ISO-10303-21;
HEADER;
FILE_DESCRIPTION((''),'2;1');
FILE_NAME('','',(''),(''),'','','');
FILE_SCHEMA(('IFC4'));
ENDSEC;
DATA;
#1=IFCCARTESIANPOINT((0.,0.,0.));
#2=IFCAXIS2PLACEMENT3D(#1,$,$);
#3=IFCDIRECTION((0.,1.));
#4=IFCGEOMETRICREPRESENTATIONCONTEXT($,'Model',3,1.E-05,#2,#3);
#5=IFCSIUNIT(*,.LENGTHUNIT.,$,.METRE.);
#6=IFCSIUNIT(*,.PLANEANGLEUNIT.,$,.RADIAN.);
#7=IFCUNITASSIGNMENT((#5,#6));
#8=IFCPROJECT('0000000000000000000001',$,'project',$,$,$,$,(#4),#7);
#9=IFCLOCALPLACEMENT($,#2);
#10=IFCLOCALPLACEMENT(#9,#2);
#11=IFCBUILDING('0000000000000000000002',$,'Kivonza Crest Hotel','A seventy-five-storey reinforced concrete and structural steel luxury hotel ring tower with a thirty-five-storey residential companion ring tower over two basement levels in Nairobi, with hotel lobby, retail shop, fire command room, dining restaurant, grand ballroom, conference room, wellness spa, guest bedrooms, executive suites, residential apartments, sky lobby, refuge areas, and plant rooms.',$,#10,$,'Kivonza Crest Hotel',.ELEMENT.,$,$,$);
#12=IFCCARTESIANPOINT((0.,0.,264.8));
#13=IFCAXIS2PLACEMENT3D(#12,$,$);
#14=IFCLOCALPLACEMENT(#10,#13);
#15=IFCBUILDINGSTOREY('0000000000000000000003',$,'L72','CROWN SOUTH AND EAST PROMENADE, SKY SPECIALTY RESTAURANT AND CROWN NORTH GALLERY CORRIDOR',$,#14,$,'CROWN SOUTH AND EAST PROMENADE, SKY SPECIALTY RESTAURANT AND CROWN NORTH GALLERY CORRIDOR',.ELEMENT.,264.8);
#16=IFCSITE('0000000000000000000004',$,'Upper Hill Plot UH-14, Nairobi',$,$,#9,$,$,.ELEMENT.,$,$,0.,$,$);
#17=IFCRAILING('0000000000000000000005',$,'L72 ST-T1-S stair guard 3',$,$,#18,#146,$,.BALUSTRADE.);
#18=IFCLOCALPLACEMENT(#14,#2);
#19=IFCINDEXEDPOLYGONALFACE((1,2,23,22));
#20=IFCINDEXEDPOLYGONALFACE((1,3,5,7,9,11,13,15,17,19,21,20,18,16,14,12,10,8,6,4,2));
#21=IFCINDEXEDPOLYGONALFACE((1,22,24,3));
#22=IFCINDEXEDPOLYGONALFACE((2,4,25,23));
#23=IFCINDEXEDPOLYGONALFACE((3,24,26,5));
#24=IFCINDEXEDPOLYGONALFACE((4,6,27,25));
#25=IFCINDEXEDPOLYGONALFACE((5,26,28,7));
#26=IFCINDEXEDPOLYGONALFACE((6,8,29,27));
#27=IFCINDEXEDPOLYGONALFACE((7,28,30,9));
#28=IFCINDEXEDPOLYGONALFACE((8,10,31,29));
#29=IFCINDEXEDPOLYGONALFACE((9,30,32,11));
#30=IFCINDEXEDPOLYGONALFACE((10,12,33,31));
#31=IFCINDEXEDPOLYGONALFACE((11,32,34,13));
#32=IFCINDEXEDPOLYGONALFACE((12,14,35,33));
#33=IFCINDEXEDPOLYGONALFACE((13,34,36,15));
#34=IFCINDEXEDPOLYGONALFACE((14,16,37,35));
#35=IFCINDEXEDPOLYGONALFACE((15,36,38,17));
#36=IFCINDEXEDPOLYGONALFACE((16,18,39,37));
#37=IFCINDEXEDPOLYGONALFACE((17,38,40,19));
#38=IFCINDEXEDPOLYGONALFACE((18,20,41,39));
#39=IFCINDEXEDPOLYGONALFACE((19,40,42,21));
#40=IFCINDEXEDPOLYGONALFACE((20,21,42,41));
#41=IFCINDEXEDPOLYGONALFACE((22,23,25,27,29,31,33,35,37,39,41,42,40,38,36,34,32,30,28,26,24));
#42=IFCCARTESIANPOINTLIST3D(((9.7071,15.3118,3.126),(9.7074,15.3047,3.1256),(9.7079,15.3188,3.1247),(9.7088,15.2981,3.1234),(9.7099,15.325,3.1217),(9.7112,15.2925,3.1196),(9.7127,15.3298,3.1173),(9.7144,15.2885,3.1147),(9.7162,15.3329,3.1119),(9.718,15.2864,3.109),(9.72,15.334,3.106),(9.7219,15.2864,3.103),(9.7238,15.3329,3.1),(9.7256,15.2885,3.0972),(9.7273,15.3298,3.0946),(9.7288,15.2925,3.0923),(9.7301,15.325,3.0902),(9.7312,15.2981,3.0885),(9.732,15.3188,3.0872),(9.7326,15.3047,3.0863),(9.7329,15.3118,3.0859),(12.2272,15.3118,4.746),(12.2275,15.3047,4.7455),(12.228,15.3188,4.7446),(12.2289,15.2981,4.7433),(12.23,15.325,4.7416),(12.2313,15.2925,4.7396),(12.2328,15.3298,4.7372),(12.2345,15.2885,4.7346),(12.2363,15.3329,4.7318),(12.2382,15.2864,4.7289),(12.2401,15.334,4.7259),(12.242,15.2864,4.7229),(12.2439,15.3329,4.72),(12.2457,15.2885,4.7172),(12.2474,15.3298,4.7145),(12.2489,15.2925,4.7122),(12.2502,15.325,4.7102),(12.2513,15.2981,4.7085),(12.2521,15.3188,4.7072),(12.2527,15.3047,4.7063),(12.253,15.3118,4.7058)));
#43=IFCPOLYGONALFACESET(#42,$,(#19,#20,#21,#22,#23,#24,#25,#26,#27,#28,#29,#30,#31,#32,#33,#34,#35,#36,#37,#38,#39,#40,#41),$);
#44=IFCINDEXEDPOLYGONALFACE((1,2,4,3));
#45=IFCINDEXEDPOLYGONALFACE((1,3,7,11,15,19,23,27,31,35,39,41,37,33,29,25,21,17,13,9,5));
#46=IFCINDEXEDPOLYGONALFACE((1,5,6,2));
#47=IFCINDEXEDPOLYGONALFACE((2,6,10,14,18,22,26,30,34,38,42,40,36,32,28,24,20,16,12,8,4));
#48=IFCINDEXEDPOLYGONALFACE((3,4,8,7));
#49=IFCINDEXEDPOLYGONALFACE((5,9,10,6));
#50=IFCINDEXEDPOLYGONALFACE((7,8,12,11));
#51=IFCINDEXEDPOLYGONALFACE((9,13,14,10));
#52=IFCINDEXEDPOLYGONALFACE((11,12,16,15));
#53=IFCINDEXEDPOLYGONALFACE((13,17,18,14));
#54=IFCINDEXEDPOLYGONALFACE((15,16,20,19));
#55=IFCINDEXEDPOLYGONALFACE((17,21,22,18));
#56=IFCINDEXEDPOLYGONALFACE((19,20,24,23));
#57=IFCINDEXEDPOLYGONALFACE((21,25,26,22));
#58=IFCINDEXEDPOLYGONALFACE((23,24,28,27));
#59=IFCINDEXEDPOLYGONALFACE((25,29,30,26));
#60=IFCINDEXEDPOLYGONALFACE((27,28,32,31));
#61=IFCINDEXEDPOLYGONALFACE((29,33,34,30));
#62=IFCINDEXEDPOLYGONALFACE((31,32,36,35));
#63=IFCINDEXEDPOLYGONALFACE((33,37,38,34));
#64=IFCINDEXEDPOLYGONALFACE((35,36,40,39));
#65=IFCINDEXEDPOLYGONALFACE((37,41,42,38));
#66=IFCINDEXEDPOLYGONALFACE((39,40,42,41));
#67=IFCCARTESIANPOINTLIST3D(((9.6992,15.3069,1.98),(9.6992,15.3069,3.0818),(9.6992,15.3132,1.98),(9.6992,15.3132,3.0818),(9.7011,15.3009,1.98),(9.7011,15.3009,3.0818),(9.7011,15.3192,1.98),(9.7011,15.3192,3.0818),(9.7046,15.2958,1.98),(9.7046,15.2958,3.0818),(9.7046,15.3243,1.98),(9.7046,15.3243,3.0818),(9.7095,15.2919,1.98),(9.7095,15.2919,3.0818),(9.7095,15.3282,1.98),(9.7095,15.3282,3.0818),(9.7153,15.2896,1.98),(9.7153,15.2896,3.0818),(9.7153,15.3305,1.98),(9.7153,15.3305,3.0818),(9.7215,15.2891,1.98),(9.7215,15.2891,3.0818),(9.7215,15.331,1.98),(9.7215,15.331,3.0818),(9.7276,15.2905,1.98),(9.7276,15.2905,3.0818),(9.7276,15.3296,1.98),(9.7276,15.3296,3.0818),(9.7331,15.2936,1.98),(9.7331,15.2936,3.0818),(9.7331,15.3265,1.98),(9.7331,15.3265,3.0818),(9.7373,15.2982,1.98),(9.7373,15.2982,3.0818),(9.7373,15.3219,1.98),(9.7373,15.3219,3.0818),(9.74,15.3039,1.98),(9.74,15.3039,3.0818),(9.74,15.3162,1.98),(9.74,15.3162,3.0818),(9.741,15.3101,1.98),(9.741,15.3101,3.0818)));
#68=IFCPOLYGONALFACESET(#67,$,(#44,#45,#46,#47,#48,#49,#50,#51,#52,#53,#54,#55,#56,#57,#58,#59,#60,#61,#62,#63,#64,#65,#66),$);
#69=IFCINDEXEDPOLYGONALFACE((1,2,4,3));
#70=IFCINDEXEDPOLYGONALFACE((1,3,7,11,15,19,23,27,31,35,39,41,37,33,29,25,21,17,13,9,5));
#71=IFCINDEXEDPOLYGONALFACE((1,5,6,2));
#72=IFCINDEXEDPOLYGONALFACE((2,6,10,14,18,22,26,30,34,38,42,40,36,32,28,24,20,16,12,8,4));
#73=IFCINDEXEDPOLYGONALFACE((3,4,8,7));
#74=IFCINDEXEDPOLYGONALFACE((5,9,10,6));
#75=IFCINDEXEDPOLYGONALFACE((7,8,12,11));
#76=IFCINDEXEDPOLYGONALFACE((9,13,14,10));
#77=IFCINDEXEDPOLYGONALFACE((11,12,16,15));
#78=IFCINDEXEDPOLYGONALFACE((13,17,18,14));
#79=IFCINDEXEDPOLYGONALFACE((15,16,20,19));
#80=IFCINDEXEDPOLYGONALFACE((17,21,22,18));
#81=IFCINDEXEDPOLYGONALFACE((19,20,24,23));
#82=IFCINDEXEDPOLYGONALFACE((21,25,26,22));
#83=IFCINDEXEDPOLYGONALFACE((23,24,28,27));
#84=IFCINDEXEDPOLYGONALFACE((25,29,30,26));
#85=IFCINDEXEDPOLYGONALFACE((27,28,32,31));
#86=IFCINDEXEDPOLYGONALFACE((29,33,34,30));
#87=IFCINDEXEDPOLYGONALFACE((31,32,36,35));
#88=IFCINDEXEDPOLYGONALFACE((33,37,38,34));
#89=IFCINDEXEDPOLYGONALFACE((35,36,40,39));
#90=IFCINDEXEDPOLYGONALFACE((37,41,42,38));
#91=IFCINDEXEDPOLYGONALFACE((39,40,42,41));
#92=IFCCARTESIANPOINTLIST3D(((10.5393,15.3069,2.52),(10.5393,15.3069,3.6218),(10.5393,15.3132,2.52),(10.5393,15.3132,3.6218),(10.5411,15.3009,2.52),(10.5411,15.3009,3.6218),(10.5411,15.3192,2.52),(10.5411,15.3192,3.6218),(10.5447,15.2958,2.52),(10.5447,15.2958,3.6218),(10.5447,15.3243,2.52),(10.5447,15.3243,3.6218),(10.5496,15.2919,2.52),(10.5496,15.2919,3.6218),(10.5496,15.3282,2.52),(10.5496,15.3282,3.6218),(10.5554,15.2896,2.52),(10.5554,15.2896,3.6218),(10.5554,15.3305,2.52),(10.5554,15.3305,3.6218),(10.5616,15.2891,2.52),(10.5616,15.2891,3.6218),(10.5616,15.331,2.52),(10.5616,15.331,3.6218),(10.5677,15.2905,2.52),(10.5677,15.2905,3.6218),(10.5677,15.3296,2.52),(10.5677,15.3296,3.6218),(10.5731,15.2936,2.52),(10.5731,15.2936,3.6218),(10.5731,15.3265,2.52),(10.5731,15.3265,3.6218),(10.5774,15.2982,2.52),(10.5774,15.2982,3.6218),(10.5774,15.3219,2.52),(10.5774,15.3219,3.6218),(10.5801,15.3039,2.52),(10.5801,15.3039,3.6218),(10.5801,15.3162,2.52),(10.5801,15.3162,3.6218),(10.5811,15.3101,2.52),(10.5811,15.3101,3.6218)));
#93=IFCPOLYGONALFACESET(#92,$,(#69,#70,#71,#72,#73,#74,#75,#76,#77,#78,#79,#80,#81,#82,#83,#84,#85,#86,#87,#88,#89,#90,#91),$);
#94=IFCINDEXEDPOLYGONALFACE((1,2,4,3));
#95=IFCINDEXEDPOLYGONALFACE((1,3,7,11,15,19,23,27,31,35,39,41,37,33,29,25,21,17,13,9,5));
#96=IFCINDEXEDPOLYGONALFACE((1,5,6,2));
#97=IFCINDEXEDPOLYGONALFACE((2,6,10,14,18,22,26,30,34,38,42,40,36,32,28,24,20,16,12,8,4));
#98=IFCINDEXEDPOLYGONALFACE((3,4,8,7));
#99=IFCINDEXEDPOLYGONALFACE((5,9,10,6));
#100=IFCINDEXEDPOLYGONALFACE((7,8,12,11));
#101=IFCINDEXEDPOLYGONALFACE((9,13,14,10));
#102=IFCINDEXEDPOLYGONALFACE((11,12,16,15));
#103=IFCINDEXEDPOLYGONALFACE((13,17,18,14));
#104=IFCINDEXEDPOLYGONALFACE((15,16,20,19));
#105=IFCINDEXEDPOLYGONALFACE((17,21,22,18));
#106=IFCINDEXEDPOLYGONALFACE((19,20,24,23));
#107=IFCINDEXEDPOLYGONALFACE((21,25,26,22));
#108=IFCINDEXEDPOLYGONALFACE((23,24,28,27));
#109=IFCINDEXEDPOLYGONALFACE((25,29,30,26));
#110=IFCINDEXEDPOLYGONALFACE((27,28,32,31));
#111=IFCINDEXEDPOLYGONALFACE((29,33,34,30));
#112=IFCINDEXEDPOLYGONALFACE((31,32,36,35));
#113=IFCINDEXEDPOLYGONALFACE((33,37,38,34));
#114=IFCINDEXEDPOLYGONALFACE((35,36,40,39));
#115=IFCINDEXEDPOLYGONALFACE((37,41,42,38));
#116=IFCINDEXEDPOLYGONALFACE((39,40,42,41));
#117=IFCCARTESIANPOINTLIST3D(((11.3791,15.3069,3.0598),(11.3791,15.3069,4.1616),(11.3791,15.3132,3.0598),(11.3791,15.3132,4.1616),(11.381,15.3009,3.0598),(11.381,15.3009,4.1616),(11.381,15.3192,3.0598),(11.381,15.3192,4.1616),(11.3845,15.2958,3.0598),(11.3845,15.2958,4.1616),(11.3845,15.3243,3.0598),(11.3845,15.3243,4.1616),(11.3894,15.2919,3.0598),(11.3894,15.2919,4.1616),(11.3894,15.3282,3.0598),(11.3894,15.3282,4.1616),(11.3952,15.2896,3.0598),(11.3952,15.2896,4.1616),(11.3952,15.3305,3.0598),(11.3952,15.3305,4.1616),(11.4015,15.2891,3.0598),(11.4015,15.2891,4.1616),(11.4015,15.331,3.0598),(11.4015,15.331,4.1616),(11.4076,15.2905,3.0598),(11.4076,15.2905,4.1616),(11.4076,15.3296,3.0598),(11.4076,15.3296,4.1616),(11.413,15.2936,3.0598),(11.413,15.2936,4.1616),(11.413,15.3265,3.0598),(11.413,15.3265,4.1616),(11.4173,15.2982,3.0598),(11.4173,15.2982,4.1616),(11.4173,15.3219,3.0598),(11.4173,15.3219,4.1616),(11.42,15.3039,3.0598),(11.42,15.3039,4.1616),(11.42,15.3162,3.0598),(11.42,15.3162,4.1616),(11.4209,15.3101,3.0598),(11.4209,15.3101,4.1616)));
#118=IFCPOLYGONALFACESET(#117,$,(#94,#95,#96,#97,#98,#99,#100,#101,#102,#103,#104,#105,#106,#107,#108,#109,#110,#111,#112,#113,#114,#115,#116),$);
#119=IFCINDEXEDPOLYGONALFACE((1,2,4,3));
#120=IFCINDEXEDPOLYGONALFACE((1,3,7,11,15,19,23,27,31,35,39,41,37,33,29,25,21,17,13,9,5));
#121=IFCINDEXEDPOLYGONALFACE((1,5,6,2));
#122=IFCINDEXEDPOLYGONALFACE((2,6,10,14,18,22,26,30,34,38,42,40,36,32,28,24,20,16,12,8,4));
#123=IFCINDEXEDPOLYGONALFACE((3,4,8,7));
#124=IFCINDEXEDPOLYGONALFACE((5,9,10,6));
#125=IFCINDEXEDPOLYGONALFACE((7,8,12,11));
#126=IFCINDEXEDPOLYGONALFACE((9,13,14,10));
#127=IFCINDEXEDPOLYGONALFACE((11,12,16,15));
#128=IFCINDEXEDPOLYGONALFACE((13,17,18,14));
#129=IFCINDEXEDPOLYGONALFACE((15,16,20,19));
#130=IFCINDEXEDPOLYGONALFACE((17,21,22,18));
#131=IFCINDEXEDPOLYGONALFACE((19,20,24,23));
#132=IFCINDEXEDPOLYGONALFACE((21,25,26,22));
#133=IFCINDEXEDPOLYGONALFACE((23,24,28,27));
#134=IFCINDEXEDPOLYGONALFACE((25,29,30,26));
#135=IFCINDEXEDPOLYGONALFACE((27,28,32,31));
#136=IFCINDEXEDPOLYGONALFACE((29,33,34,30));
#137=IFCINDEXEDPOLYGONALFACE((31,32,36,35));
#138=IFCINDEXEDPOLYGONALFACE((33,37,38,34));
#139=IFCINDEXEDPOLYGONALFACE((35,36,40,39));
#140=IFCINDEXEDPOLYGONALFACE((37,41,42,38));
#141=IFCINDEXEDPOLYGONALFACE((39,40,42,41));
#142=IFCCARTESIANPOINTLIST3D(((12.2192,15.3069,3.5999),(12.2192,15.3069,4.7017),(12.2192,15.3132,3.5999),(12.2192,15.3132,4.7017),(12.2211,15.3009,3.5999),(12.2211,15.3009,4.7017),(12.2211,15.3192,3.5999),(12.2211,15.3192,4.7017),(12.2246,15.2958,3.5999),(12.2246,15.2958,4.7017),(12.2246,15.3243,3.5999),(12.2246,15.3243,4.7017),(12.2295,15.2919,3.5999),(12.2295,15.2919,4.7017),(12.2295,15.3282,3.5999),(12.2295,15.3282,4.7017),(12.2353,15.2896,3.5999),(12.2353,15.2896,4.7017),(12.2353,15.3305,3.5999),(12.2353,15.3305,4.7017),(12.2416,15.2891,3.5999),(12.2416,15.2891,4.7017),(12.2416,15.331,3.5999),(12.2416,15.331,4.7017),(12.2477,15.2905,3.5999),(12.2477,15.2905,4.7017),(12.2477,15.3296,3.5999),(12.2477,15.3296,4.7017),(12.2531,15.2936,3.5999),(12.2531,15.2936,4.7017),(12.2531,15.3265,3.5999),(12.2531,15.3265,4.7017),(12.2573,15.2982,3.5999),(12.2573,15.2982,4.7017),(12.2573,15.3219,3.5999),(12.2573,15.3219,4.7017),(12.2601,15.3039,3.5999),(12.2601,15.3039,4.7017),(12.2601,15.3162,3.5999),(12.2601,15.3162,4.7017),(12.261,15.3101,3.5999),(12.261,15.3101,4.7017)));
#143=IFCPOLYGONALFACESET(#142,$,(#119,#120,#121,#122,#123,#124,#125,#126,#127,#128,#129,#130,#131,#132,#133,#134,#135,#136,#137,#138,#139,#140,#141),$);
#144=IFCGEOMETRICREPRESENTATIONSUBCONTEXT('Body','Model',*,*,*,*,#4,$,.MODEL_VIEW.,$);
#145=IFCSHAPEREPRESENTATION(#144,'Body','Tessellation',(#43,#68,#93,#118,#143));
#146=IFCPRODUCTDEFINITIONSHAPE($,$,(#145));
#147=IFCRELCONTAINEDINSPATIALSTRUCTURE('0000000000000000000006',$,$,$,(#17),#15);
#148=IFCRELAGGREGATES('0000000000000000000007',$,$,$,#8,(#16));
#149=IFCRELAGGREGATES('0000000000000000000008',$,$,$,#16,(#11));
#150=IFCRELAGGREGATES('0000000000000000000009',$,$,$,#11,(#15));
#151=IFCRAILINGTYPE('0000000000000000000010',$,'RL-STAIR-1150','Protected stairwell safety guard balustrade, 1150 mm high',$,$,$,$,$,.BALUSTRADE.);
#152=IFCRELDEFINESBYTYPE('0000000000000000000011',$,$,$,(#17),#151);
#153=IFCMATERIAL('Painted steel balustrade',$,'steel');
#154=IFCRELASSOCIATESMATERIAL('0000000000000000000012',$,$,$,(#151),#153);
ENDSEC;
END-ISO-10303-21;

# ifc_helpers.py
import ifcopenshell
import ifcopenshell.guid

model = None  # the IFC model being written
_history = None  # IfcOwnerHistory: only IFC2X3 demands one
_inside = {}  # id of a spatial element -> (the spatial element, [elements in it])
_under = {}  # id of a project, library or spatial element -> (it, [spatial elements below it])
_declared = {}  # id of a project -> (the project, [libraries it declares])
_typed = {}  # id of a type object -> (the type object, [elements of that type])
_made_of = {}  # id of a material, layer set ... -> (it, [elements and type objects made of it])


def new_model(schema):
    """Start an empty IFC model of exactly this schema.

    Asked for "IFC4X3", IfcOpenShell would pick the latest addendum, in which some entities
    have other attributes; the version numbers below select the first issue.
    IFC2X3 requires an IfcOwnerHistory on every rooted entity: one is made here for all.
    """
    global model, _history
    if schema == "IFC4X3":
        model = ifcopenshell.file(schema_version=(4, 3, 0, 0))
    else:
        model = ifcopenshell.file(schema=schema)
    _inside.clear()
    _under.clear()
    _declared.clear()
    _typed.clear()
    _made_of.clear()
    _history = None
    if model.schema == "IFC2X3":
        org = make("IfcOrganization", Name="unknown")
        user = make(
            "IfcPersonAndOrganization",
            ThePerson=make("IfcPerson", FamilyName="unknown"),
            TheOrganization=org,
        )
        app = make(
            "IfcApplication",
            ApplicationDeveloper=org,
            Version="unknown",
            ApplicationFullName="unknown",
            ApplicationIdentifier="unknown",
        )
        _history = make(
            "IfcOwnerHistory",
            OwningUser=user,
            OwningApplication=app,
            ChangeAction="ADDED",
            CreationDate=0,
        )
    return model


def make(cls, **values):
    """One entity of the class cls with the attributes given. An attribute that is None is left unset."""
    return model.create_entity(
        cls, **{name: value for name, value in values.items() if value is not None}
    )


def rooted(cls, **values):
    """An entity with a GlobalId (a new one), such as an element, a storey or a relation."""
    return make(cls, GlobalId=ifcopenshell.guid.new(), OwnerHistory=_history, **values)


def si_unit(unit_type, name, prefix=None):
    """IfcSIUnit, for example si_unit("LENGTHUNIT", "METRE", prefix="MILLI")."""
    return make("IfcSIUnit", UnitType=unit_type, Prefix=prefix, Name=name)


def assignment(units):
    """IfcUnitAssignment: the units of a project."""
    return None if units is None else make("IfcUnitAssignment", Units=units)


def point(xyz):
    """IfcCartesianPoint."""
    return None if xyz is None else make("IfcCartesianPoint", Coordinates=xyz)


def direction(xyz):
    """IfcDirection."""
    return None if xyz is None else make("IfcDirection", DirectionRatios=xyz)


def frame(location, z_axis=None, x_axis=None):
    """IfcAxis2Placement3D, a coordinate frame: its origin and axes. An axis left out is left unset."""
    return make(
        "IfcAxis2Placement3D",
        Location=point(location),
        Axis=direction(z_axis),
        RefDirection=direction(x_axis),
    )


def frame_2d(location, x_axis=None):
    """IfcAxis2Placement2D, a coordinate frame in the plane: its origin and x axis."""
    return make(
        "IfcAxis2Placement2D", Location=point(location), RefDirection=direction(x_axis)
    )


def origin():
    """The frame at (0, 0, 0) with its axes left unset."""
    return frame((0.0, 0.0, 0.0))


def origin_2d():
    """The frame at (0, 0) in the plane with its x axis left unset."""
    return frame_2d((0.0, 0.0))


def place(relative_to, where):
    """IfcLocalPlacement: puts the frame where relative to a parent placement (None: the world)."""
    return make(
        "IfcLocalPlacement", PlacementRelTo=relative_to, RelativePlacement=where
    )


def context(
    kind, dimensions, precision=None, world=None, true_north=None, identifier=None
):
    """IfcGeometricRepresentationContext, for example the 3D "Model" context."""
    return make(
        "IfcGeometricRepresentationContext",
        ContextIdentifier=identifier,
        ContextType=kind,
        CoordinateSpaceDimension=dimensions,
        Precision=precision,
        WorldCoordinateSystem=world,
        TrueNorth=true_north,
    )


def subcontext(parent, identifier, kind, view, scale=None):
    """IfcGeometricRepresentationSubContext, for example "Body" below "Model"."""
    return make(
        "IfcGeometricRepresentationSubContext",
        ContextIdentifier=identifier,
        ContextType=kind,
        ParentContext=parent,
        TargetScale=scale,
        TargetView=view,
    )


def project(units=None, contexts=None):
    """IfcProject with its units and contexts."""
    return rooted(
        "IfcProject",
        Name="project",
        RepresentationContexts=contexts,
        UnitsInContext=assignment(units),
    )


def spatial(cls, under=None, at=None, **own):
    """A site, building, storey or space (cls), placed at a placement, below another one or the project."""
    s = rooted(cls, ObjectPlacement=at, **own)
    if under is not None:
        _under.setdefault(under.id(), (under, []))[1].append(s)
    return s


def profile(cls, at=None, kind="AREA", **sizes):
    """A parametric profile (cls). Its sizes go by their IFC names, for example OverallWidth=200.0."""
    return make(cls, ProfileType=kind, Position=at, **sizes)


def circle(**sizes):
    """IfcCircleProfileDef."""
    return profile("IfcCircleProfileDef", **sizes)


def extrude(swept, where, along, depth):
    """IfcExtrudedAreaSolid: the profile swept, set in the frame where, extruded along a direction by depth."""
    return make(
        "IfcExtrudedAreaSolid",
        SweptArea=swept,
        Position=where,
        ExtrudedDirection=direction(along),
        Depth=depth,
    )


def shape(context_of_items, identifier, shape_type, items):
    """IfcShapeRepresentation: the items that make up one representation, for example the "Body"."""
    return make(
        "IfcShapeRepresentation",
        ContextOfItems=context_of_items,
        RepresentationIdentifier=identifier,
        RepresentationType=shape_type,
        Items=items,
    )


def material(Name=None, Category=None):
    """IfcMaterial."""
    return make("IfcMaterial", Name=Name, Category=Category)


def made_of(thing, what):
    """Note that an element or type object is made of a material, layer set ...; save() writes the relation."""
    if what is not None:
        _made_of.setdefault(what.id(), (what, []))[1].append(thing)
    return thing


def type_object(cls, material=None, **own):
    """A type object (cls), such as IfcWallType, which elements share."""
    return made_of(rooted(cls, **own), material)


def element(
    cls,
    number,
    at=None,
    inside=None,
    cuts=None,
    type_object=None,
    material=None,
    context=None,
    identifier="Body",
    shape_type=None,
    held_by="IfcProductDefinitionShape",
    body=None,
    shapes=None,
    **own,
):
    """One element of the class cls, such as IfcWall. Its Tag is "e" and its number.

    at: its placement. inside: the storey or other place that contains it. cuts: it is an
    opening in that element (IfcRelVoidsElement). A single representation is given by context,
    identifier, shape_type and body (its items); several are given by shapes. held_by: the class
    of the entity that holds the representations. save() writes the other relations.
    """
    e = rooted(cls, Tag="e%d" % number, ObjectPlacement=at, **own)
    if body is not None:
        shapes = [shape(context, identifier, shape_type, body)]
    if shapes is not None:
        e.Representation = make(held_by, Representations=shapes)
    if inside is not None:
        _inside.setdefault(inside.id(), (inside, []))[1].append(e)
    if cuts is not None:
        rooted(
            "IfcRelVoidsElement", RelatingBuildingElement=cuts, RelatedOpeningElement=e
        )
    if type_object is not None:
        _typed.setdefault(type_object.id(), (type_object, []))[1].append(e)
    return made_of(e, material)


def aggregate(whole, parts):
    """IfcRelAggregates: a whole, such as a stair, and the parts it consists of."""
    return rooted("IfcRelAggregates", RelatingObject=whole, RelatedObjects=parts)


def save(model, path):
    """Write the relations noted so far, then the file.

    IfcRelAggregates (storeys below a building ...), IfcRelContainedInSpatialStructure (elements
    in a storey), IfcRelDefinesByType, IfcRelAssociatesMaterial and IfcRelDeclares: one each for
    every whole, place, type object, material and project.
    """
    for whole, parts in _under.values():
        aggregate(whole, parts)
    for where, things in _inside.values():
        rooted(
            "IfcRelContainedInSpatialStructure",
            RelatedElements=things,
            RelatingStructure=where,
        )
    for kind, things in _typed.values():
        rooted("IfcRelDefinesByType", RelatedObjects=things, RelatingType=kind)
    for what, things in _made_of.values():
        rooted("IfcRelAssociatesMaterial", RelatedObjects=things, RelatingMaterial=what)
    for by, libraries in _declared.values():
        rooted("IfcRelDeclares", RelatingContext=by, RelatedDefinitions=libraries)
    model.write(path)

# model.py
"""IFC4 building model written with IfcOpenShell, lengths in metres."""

from ifc_helpers import new_model, si_unit, direction, frame, origin, origin_2d, place, context, subcontext, project, spatial, circle, extrude, material, type_object, element, save


model = new_model("IFC4")

# Units and contexts
model_context = context("Model", 3, precision=1e-05, world=origin(), true_north=direction((0.0, 1.0)))
body_context = subcontext(model_context, "Body", "Model", "MODEL_VIEW")
ifc_project = project(units=[si_unit("LENGTHUNIT", "METRE"), si_unit("PLANEANGLEUNIT", "RADIAN")], contexts=[model_context])

# Site, building, storey
site_placement = place(None, origin())
site = spatial("IfcSite", under=ifc_project, at=site_placement, Name="Upper Hill Plot UH-14, Nairobi", CompositionType="ELEMENT", RefElevation=0.0)
building_placement = place(site_placement, origin())
building = spatial("IfcBuilding", under=site, at=building_placement, Name="Kivonza Crest Hotel", Description="A seventy-five-storey reinforced concrete and structural steel luxury hotel ring tower with a thirty-five-storey residential companion ring tower over two basement levels in Nairobi, with hotel lobby, retail shop, fire command room, dining restaurant, grand ballroom, conference room, wellness spa, guest bedrooms, executive suites, residential apartments, sky lobby, refuge areas, and plant rooms.", LongName="Kivonza Crest Hotel", CompositionType="ELEMENT")
storey_placement = place(building_placement, frame((0.0, 0.0, 264.8)))
storey = spatial("IfcBuildingStorey", under=building, at=storey_placement, Name="L72", Description="CROWN SOUTH AND EAST PROMENADE, SKY SPECIALTY RESTAURANT AND CROWN NORTH GALLERY CORRIDOR", LongName="CROWN SOUTH AND EAST PROMENADE, SKY SPECIALTY RESTAURANT AND CROWN NORTH GALLERY CORRIDOR", CompositionType="ELEMENT", Elevation=264.8)

# Railing
ifc_material_1 = material(Name="Painted steel balustrade", Category="steel")
railing_type_1 = type_object("IfcRailingType", Name="RL-STAIR-1150", Description="Protected stairwell safety guard balustrade, 1150 mm high", PredefinedType="BALUSTRADE", material=ifc_material_1)
railing_1_placement = place(storey_placement, frame((9.72, 15.3101, 1.98)))
element("IfcRailing", 1, at=railing_1_placement, inside=storey, type_object=railing_type_1, Name="L72 ST-T1-S stair guard 3", PredefinedType="BALUSTRADE", context=body_context, shape_type="SweptSolid", body=[
    extrude(circle(Radius=0.0239, at=origin_2d()), frame((0.0, 0.0, 1.126), z_axis=(0.8412, 0.0, 0.540725), x_axis=(0.0, 1.0, 0.0)), (0.0, 0.0, 1.0), 2.9958),
    extrude(circle(Radius=0.021, at=origin_2d()), origin(), (0.0, 0.0, 1.0), 1.1018),
    extrude(circle(Radius=0.021, at=origin_2d()), frame((0.8401, 0.0, 0.54)), (0.0, 0.0, 1.0), 1.1018),
    extrude(circle(Radius=0.021, at=origin_2d()), frame((1.6799, 0.0, 1.0798)), (0.0, 0.0, 1.0), 1.1018),
    extrude(circle(Radius=0.021, at=origin_2d()), frame((2.52, 0.0, 1.6199)), (0.0, 0.0, 1.0), 1.1018),
])

save(model, "model.ifc")
